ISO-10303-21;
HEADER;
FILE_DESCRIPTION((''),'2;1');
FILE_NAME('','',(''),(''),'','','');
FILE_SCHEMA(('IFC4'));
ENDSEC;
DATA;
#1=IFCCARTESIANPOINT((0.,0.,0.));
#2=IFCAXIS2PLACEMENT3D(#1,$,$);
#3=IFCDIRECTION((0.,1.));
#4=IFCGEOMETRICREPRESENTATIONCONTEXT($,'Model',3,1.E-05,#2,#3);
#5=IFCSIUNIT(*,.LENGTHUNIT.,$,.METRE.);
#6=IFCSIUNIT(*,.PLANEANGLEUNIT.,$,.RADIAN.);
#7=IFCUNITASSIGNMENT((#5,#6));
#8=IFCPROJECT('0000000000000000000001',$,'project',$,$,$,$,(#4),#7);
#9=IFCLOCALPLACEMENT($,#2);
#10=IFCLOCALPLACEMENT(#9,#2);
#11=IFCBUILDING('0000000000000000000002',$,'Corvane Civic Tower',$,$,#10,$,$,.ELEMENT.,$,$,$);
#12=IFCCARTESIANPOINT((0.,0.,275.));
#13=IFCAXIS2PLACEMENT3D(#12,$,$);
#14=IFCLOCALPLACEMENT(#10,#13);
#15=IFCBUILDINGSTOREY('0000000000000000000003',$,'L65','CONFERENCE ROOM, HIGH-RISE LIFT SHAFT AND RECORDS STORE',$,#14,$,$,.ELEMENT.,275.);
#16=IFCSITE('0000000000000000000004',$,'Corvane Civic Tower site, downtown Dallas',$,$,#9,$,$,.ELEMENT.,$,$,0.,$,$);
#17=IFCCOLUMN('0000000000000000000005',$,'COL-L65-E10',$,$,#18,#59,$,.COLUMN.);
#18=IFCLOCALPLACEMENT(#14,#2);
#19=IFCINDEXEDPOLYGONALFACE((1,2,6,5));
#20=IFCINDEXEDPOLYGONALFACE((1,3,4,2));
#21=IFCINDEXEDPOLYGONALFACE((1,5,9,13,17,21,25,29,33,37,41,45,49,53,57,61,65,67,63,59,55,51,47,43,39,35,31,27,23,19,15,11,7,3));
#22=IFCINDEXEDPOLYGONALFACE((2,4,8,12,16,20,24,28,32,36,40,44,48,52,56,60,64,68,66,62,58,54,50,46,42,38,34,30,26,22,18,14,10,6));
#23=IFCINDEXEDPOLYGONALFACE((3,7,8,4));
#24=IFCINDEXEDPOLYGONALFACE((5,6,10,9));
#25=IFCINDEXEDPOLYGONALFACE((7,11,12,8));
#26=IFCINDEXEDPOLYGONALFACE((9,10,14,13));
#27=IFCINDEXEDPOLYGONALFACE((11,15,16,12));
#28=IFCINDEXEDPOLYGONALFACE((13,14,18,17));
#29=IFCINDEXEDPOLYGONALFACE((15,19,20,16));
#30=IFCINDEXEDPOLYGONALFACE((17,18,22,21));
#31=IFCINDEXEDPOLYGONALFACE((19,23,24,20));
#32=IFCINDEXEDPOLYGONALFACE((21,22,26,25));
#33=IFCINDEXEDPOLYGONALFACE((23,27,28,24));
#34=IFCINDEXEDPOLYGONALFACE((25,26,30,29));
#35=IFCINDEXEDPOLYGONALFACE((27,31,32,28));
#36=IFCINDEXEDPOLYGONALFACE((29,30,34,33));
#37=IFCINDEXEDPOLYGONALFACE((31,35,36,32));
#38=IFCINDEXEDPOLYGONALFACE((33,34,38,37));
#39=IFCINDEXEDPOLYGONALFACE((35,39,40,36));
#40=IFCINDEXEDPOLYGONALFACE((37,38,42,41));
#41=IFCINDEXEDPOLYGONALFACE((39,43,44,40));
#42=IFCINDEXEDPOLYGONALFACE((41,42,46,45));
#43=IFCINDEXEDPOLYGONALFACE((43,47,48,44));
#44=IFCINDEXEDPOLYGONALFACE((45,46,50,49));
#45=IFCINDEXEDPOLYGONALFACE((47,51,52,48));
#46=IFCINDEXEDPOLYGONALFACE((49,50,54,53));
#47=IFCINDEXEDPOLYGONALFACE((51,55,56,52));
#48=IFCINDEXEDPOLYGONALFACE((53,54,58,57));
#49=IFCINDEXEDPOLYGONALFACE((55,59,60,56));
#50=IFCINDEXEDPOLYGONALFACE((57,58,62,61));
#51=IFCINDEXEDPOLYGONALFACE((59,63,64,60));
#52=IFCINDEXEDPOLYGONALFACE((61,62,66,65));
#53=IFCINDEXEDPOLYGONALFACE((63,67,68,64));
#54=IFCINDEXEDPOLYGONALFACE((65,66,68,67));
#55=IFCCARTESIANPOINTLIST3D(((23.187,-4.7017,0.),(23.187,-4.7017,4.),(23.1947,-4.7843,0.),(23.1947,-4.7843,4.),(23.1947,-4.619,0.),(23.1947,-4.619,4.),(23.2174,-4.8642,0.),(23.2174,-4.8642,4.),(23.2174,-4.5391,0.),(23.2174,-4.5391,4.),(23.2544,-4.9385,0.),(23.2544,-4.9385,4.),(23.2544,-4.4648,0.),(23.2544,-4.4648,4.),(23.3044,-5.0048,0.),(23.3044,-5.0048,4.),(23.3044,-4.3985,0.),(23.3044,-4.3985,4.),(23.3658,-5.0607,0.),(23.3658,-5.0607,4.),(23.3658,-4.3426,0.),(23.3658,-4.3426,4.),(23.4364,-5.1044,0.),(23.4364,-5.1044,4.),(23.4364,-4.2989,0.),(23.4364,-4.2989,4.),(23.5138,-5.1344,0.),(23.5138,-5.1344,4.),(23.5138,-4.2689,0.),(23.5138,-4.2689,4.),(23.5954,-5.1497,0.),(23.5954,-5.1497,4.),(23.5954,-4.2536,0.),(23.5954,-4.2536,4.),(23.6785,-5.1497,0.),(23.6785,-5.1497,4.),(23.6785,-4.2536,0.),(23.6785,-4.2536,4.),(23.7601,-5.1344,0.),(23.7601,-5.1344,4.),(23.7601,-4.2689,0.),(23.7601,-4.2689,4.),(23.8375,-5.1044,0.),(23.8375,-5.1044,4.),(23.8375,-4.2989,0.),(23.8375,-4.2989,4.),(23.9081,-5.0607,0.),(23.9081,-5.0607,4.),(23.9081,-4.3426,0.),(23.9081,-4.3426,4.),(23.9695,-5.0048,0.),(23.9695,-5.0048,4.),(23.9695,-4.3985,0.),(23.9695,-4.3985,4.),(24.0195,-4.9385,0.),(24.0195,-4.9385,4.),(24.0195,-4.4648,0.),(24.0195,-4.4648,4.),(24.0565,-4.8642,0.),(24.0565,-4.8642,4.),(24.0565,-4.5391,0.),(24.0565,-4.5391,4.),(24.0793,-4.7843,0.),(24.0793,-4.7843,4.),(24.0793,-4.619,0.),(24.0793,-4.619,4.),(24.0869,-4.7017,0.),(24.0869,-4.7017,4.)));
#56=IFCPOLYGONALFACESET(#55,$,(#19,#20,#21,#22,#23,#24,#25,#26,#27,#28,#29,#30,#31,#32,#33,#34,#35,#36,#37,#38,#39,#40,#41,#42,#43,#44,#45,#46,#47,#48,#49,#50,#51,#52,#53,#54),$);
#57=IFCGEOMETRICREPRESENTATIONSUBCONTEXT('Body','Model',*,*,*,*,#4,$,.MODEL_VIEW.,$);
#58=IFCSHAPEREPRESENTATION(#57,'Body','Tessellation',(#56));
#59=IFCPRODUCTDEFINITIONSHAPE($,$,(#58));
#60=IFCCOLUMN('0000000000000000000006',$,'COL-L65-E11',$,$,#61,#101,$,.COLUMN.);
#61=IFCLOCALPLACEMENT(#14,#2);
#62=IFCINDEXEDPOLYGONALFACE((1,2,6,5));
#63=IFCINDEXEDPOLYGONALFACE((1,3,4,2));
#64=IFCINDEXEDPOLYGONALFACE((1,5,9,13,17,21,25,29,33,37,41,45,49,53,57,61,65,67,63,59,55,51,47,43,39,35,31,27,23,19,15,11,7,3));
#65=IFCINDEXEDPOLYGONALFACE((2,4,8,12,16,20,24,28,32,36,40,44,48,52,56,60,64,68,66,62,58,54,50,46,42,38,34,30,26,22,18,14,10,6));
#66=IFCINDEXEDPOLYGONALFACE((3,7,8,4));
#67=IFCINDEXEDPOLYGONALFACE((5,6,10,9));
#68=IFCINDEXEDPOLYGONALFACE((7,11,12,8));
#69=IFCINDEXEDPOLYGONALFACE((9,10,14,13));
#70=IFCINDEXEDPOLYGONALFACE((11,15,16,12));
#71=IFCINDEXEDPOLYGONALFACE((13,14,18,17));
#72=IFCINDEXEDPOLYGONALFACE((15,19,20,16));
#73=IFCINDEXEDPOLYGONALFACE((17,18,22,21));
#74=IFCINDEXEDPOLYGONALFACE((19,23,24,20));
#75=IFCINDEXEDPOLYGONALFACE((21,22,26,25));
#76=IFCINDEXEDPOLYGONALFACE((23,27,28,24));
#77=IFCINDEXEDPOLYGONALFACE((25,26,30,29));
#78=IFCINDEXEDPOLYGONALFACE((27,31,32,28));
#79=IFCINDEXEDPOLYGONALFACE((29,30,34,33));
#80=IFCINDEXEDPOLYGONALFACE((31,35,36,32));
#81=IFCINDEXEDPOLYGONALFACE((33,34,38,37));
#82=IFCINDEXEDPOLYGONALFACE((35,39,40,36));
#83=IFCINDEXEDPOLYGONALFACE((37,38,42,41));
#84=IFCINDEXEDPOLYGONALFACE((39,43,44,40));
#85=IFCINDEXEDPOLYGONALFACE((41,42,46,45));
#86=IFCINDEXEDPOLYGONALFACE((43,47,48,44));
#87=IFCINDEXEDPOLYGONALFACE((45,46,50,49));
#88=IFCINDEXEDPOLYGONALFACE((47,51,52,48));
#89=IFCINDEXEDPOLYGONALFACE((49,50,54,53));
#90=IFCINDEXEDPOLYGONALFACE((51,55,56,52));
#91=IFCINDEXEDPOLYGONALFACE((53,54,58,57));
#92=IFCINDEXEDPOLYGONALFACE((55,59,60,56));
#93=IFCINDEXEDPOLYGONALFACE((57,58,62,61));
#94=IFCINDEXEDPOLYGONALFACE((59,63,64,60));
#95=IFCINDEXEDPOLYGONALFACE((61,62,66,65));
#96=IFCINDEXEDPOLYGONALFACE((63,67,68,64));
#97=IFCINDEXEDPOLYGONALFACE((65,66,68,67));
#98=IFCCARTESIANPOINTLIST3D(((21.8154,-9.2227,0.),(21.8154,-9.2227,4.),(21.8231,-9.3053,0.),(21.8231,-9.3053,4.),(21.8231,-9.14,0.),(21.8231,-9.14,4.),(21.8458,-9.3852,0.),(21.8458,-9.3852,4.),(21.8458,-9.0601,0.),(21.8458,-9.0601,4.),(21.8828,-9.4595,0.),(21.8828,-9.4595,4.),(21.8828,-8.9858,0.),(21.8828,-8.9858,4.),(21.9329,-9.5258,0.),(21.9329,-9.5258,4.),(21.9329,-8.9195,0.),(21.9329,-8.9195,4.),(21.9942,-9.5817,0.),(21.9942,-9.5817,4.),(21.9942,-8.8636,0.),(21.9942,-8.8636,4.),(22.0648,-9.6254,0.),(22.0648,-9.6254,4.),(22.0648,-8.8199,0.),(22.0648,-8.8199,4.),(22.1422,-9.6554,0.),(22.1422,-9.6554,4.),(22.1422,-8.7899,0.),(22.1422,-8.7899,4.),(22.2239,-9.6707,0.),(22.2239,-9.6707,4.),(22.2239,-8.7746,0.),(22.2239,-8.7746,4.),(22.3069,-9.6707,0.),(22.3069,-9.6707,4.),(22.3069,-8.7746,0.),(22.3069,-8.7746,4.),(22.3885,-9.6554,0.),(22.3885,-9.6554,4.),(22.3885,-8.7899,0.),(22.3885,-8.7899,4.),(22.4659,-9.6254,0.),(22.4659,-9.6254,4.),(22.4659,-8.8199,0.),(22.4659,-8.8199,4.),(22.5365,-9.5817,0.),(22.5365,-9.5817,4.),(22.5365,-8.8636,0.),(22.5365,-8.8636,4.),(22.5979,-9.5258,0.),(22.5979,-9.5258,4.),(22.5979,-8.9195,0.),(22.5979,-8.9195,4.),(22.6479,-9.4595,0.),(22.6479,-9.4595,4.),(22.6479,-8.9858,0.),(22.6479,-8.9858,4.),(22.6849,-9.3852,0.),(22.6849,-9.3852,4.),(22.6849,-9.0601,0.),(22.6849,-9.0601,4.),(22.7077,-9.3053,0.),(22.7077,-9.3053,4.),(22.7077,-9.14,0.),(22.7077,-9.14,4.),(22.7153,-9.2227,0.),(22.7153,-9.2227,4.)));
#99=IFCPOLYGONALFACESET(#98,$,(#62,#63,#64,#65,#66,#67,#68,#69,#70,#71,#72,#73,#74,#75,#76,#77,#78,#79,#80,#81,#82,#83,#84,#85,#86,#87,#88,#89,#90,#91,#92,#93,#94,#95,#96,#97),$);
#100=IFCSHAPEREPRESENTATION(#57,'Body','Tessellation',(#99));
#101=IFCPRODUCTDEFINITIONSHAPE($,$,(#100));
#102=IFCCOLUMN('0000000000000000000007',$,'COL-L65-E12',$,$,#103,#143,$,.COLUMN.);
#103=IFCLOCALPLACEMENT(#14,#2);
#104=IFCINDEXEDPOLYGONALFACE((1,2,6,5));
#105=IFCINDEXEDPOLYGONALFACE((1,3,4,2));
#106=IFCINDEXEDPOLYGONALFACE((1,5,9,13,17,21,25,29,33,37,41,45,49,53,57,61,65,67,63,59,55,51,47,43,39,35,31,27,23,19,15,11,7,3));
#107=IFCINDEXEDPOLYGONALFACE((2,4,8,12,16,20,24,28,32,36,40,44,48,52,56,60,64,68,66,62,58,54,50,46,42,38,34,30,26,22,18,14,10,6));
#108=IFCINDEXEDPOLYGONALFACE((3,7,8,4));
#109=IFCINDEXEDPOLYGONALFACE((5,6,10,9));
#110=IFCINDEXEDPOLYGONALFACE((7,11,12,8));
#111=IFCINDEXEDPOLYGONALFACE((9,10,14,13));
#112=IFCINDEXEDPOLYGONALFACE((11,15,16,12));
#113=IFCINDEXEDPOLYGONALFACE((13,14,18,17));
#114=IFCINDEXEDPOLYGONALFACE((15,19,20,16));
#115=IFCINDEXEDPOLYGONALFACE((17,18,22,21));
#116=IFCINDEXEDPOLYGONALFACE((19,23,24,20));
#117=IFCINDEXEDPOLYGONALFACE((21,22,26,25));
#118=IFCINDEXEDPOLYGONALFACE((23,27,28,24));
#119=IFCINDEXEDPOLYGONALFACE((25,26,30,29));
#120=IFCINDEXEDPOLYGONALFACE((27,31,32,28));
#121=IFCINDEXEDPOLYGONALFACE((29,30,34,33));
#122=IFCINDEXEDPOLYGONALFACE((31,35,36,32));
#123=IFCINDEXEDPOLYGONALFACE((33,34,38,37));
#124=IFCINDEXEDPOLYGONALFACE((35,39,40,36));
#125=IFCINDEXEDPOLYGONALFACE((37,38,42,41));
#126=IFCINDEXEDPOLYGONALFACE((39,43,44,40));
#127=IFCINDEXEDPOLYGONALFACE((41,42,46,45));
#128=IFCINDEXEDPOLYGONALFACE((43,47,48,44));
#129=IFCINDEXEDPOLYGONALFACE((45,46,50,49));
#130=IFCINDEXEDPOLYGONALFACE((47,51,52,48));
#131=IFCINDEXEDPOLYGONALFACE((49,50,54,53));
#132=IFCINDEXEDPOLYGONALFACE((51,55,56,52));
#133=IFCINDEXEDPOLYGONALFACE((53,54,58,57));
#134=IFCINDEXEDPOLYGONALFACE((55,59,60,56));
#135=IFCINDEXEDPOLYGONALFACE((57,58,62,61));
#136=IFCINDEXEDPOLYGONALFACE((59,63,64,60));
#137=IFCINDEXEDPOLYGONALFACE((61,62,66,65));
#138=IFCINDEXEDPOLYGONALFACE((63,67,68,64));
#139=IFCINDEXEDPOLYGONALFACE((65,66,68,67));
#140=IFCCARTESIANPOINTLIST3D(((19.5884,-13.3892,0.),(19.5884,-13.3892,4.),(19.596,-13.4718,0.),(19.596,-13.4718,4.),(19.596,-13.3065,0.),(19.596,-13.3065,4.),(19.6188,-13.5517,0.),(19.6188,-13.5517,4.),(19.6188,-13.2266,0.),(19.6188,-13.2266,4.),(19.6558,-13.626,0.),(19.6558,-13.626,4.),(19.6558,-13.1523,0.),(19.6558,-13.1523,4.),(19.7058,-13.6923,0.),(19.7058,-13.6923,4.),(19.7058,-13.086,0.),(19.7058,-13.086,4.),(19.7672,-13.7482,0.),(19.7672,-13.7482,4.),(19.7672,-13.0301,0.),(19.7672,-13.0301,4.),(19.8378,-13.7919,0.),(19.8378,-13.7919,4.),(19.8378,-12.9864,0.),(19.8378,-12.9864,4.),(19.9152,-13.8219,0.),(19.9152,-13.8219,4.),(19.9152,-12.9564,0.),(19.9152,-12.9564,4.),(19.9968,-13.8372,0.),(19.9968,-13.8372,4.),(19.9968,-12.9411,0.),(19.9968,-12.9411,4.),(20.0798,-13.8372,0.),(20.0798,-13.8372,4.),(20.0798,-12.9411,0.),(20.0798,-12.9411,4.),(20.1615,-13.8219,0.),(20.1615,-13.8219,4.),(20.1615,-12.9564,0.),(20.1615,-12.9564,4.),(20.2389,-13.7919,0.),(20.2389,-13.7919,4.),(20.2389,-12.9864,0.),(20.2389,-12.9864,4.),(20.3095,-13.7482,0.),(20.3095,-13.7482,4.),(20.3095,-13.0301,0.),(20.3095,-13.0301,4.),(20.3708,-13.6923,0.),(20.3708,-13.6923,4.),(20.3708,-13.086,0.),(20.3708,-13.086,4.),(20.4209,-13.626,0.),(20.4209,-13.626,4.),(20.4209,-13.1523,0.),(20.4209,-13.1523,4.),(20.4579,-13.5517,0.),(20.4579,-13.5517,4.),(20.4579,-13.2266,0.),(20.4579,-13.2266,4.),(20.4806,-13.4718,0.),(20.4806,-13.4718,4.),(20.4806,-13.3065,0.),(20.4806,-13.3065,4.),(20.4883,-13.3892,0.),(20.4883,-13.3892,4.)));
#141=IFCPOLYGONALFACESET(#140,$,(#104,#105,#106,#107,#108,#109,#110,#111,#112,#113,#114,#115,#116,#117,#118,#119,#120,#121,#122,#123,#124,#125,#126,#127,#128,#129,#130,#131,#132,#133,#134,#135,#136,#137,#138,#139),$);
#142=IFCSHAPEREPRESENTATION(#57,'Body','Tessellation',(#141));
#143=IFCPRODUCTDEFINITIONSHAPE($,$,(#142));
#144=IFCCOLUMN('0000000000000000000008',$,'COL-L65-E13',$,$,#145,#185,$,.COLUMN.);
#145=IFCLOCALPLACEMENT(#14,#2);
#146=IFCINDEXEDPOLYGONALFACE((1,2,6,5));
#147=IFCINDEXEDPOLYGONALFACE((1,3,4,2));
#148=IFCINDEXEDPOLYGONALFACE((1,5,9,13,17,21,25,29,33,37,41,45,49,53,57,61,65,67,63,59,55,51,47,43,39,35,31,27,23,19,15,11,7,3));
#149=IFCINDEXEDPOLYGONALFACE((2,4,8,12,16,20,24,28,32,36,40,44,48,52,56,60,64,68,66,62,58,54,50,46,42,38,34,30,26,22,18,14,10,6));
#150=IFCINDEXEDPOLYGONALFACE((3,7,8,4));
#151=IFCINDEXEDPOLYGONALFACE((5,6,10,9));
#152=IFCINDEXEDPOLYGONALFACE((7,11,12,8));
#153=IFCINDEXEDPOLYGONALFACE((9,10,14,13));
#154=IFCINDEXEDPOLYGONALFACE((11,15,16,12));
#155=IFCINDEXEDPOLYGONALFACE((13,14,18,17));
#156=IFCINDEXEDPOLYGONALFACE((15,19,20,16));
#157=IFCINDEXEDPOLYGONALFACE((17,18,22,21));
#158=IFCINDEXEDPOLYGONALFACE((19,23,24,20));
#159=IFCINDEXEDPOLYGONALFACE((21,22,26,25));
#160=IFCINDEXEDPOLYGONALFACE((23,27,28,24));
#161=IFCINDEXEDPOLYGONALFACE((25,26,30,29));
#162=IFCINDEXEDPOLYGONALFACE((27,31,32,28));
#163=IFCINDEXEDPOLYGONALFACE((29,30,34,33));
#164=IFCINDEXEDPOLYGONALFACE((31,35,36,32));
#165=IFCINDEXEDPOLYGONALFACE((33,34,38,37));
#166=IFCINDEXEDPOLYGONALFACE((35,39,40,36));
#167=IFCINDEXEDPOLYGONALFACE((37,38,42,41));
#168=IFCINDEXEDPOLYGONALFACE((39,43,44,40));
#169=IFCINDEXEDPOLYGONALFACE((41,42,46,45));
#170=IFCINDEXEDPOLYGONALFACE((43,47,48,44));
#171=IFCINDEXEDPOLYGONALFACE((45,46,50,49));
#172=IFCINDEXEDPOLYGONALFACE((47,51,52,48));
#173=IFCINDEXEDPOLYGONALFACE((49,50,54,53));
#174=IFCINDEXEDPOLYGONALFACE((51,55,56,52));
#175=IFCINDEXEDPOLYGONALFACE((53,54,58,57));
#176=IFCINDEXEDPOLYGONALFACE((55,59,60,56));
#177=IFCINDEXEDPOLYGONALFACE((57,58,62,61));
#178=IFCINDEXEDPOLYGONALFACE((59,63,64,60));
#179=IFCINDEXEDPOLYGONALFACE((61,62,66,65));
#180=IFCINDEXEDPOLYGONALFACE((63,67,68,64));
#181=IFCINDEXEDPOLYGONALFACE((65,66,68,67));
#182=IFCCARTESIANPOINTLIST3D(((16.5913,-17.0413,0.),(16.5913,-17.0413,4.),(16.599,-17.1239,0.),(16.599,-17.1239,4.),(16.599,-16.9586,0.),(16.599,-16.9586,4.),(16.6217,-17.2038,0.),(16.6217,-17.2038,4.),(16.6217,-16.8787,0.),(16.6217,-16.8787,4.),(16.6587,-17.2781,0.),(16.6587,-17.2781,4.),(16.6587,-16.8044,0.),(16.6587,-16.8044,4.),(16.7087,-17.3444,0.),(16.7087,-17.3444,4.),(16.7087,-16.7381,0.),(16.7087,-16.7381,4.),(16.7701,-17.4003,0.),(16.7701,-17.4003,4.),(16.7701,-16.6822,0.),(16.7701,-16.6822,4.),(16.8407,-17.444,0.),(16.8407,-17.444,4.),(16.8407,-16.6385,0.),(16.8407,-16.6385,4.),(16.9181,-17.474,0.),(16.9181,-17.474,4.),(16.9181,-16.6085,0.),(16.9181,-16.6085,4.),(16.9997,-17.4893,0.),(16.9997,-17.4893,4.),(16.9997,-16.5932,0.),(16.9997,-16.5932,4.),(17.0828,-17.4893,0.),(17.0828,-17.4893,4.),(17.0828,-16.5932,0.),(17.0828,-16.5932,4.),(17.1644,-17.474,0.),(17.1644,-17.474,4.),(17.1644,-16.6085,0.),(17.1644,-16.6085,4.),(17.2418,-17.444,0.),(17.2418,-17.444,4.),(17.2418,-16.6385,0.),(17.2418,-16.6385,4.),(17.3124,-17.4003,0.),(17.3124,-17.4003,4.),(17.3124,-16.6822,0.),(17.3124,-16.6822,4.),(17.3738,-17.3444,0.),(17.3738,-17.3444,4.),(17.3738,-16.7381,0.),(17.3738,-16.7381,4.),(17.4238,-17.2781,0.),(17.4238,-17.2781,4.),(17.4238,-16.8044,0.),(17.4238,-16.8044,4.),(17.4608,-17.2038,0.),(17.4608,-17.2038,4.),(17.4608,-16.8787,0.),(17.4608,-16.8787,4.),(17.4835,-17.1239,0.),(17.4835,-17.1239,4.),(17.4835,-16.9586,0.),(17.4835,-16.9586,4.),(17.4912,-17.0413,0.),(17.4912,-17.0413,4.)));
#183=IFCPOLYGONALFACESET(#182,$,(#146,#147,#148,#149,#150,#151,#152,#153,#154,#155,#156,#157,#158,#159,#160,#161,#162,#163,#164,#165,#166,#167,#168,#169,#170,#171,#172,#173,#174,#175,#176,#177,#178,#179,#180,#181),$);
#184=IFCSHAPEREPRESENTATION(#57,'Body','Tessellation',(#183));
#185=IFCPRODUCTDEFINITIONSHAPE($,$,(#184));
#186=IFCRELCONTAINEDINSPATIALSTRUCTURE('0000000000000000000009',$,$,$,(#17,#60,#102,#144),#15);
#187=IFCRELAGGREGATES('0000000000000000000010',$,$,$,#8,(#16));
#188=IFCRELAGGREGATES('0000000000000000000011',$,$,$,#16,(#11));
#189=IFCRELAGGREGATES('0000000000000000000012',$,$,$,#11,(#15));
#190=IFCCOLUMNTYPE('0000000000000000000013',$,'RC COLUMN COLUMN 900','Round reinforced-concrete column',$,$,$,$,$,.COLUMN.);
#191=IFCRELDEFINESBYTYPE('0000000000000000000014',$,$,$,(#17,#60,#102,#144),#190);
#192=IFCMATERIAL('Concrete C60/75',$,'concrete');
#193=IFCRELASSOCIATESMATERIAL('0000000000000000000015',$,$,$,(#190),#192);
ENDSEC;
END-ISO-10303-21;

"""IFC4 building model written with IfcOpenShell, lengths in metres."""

from ifc_helpers import new_model, si_unit, direction, frame, origin, origin_2d, place, context, subcontext, project, spatial, circle, extrude, material, material_profile, profile_set, type_object, element, save


model = new_model("IFC4")

# Units and contexts
model_context = context("Model", 3, precision=1e-05, world=origin(), true_north=direction((0.0, 1.0)))
body_context = subcontext(model_context, "Body", "Model", "MODEL_VIEW")
ifc_project = project(units=[si_unit("LENGTHUNIT", "METRE"), si_unit("PLANEANGLEUNIT", "RADIAN")], contexts=[model_context])

# Site, building, storey
site_placement = place(None, origin())
site = spatial("IfcSite", under=ifc_project, at=site_placement, Name="Corvane Civic Tower site, downtown Dallas", CompositionType="ELEMENT", RefElevation=0.0)
building_placement = place(site_placement, origin())
building = spatial("IfcBuilding", under=site, at=building_placement, Name="Corvane Civic Tower", CompositionType="ELEMENT")
storey_placement = place(building_placement, frame((0.0, 0.0, 275.0)))
storey = spatial("IfcBuildingStorey", under=building, at=storey_placement, Name="L65", Description="CONFERENCE ROOM, HIGH-RISE LIFT SHAFT AND RECORDS STORE", CompositionType="ELEMENT", Elevation=275.0)

# Columns
ifc_material_1 = material(Name="Concrete C60/75", Category="concrete")
ifc_material_profile_1 = material_profile(ifc_material_1, circle(Radius=0.45, at=origin_2d()), Name="COLUMN 900")
ifc_profile_set_1 = profile_set([ifc_material_profile_1], Name="Concrete C60/75")
column_type = type_object("IfcColumnType", Name="RC COLUMN COLUMN 900", Description="Round reinforced-concrete column", PredefinedType="COLUMN", material=ifc_profile_set_1)
for number, where, z_axis, x_axis, name in (
    (1, (23.637, -4.7017, 0.0), (0.0, 0.0, 1.0), (1.0, 0.0, 0.0), "COL-L65-E10"),
    (2, (22.2654, -9.2227, 0.0), (0.0, 0.0, 1.0), (1.0, 0.0, 0.0), "COL-L65-E11"),
    (3, (20.0383, -13.3892, 0.0), (0.0, 0.0, 1.0), (1.0, 0.0, 0.0), "COL-L65-E12"),
    (4, (17.0413, -17.0413, 0.0), (0.0, 0.0, 1.0), (1.0, 0.0, 0.0), "COL-L65-E13"),
):
    element("IfcColumn", number, at=place(storey_placement, frame(where, z_axis=z_axis, x_axis=x_axis)), inside=storey, type_object=column_type, Name=name, PredefinedType="COLUMN", context=body_context, shape_type="SweptSolid", body=[
        extrude(circle(Radius=0.45, at=origin_2d()), origin(), (0.0, 0.0, 1.0), 4.0),
    ])

save(model, "model.ifc")
